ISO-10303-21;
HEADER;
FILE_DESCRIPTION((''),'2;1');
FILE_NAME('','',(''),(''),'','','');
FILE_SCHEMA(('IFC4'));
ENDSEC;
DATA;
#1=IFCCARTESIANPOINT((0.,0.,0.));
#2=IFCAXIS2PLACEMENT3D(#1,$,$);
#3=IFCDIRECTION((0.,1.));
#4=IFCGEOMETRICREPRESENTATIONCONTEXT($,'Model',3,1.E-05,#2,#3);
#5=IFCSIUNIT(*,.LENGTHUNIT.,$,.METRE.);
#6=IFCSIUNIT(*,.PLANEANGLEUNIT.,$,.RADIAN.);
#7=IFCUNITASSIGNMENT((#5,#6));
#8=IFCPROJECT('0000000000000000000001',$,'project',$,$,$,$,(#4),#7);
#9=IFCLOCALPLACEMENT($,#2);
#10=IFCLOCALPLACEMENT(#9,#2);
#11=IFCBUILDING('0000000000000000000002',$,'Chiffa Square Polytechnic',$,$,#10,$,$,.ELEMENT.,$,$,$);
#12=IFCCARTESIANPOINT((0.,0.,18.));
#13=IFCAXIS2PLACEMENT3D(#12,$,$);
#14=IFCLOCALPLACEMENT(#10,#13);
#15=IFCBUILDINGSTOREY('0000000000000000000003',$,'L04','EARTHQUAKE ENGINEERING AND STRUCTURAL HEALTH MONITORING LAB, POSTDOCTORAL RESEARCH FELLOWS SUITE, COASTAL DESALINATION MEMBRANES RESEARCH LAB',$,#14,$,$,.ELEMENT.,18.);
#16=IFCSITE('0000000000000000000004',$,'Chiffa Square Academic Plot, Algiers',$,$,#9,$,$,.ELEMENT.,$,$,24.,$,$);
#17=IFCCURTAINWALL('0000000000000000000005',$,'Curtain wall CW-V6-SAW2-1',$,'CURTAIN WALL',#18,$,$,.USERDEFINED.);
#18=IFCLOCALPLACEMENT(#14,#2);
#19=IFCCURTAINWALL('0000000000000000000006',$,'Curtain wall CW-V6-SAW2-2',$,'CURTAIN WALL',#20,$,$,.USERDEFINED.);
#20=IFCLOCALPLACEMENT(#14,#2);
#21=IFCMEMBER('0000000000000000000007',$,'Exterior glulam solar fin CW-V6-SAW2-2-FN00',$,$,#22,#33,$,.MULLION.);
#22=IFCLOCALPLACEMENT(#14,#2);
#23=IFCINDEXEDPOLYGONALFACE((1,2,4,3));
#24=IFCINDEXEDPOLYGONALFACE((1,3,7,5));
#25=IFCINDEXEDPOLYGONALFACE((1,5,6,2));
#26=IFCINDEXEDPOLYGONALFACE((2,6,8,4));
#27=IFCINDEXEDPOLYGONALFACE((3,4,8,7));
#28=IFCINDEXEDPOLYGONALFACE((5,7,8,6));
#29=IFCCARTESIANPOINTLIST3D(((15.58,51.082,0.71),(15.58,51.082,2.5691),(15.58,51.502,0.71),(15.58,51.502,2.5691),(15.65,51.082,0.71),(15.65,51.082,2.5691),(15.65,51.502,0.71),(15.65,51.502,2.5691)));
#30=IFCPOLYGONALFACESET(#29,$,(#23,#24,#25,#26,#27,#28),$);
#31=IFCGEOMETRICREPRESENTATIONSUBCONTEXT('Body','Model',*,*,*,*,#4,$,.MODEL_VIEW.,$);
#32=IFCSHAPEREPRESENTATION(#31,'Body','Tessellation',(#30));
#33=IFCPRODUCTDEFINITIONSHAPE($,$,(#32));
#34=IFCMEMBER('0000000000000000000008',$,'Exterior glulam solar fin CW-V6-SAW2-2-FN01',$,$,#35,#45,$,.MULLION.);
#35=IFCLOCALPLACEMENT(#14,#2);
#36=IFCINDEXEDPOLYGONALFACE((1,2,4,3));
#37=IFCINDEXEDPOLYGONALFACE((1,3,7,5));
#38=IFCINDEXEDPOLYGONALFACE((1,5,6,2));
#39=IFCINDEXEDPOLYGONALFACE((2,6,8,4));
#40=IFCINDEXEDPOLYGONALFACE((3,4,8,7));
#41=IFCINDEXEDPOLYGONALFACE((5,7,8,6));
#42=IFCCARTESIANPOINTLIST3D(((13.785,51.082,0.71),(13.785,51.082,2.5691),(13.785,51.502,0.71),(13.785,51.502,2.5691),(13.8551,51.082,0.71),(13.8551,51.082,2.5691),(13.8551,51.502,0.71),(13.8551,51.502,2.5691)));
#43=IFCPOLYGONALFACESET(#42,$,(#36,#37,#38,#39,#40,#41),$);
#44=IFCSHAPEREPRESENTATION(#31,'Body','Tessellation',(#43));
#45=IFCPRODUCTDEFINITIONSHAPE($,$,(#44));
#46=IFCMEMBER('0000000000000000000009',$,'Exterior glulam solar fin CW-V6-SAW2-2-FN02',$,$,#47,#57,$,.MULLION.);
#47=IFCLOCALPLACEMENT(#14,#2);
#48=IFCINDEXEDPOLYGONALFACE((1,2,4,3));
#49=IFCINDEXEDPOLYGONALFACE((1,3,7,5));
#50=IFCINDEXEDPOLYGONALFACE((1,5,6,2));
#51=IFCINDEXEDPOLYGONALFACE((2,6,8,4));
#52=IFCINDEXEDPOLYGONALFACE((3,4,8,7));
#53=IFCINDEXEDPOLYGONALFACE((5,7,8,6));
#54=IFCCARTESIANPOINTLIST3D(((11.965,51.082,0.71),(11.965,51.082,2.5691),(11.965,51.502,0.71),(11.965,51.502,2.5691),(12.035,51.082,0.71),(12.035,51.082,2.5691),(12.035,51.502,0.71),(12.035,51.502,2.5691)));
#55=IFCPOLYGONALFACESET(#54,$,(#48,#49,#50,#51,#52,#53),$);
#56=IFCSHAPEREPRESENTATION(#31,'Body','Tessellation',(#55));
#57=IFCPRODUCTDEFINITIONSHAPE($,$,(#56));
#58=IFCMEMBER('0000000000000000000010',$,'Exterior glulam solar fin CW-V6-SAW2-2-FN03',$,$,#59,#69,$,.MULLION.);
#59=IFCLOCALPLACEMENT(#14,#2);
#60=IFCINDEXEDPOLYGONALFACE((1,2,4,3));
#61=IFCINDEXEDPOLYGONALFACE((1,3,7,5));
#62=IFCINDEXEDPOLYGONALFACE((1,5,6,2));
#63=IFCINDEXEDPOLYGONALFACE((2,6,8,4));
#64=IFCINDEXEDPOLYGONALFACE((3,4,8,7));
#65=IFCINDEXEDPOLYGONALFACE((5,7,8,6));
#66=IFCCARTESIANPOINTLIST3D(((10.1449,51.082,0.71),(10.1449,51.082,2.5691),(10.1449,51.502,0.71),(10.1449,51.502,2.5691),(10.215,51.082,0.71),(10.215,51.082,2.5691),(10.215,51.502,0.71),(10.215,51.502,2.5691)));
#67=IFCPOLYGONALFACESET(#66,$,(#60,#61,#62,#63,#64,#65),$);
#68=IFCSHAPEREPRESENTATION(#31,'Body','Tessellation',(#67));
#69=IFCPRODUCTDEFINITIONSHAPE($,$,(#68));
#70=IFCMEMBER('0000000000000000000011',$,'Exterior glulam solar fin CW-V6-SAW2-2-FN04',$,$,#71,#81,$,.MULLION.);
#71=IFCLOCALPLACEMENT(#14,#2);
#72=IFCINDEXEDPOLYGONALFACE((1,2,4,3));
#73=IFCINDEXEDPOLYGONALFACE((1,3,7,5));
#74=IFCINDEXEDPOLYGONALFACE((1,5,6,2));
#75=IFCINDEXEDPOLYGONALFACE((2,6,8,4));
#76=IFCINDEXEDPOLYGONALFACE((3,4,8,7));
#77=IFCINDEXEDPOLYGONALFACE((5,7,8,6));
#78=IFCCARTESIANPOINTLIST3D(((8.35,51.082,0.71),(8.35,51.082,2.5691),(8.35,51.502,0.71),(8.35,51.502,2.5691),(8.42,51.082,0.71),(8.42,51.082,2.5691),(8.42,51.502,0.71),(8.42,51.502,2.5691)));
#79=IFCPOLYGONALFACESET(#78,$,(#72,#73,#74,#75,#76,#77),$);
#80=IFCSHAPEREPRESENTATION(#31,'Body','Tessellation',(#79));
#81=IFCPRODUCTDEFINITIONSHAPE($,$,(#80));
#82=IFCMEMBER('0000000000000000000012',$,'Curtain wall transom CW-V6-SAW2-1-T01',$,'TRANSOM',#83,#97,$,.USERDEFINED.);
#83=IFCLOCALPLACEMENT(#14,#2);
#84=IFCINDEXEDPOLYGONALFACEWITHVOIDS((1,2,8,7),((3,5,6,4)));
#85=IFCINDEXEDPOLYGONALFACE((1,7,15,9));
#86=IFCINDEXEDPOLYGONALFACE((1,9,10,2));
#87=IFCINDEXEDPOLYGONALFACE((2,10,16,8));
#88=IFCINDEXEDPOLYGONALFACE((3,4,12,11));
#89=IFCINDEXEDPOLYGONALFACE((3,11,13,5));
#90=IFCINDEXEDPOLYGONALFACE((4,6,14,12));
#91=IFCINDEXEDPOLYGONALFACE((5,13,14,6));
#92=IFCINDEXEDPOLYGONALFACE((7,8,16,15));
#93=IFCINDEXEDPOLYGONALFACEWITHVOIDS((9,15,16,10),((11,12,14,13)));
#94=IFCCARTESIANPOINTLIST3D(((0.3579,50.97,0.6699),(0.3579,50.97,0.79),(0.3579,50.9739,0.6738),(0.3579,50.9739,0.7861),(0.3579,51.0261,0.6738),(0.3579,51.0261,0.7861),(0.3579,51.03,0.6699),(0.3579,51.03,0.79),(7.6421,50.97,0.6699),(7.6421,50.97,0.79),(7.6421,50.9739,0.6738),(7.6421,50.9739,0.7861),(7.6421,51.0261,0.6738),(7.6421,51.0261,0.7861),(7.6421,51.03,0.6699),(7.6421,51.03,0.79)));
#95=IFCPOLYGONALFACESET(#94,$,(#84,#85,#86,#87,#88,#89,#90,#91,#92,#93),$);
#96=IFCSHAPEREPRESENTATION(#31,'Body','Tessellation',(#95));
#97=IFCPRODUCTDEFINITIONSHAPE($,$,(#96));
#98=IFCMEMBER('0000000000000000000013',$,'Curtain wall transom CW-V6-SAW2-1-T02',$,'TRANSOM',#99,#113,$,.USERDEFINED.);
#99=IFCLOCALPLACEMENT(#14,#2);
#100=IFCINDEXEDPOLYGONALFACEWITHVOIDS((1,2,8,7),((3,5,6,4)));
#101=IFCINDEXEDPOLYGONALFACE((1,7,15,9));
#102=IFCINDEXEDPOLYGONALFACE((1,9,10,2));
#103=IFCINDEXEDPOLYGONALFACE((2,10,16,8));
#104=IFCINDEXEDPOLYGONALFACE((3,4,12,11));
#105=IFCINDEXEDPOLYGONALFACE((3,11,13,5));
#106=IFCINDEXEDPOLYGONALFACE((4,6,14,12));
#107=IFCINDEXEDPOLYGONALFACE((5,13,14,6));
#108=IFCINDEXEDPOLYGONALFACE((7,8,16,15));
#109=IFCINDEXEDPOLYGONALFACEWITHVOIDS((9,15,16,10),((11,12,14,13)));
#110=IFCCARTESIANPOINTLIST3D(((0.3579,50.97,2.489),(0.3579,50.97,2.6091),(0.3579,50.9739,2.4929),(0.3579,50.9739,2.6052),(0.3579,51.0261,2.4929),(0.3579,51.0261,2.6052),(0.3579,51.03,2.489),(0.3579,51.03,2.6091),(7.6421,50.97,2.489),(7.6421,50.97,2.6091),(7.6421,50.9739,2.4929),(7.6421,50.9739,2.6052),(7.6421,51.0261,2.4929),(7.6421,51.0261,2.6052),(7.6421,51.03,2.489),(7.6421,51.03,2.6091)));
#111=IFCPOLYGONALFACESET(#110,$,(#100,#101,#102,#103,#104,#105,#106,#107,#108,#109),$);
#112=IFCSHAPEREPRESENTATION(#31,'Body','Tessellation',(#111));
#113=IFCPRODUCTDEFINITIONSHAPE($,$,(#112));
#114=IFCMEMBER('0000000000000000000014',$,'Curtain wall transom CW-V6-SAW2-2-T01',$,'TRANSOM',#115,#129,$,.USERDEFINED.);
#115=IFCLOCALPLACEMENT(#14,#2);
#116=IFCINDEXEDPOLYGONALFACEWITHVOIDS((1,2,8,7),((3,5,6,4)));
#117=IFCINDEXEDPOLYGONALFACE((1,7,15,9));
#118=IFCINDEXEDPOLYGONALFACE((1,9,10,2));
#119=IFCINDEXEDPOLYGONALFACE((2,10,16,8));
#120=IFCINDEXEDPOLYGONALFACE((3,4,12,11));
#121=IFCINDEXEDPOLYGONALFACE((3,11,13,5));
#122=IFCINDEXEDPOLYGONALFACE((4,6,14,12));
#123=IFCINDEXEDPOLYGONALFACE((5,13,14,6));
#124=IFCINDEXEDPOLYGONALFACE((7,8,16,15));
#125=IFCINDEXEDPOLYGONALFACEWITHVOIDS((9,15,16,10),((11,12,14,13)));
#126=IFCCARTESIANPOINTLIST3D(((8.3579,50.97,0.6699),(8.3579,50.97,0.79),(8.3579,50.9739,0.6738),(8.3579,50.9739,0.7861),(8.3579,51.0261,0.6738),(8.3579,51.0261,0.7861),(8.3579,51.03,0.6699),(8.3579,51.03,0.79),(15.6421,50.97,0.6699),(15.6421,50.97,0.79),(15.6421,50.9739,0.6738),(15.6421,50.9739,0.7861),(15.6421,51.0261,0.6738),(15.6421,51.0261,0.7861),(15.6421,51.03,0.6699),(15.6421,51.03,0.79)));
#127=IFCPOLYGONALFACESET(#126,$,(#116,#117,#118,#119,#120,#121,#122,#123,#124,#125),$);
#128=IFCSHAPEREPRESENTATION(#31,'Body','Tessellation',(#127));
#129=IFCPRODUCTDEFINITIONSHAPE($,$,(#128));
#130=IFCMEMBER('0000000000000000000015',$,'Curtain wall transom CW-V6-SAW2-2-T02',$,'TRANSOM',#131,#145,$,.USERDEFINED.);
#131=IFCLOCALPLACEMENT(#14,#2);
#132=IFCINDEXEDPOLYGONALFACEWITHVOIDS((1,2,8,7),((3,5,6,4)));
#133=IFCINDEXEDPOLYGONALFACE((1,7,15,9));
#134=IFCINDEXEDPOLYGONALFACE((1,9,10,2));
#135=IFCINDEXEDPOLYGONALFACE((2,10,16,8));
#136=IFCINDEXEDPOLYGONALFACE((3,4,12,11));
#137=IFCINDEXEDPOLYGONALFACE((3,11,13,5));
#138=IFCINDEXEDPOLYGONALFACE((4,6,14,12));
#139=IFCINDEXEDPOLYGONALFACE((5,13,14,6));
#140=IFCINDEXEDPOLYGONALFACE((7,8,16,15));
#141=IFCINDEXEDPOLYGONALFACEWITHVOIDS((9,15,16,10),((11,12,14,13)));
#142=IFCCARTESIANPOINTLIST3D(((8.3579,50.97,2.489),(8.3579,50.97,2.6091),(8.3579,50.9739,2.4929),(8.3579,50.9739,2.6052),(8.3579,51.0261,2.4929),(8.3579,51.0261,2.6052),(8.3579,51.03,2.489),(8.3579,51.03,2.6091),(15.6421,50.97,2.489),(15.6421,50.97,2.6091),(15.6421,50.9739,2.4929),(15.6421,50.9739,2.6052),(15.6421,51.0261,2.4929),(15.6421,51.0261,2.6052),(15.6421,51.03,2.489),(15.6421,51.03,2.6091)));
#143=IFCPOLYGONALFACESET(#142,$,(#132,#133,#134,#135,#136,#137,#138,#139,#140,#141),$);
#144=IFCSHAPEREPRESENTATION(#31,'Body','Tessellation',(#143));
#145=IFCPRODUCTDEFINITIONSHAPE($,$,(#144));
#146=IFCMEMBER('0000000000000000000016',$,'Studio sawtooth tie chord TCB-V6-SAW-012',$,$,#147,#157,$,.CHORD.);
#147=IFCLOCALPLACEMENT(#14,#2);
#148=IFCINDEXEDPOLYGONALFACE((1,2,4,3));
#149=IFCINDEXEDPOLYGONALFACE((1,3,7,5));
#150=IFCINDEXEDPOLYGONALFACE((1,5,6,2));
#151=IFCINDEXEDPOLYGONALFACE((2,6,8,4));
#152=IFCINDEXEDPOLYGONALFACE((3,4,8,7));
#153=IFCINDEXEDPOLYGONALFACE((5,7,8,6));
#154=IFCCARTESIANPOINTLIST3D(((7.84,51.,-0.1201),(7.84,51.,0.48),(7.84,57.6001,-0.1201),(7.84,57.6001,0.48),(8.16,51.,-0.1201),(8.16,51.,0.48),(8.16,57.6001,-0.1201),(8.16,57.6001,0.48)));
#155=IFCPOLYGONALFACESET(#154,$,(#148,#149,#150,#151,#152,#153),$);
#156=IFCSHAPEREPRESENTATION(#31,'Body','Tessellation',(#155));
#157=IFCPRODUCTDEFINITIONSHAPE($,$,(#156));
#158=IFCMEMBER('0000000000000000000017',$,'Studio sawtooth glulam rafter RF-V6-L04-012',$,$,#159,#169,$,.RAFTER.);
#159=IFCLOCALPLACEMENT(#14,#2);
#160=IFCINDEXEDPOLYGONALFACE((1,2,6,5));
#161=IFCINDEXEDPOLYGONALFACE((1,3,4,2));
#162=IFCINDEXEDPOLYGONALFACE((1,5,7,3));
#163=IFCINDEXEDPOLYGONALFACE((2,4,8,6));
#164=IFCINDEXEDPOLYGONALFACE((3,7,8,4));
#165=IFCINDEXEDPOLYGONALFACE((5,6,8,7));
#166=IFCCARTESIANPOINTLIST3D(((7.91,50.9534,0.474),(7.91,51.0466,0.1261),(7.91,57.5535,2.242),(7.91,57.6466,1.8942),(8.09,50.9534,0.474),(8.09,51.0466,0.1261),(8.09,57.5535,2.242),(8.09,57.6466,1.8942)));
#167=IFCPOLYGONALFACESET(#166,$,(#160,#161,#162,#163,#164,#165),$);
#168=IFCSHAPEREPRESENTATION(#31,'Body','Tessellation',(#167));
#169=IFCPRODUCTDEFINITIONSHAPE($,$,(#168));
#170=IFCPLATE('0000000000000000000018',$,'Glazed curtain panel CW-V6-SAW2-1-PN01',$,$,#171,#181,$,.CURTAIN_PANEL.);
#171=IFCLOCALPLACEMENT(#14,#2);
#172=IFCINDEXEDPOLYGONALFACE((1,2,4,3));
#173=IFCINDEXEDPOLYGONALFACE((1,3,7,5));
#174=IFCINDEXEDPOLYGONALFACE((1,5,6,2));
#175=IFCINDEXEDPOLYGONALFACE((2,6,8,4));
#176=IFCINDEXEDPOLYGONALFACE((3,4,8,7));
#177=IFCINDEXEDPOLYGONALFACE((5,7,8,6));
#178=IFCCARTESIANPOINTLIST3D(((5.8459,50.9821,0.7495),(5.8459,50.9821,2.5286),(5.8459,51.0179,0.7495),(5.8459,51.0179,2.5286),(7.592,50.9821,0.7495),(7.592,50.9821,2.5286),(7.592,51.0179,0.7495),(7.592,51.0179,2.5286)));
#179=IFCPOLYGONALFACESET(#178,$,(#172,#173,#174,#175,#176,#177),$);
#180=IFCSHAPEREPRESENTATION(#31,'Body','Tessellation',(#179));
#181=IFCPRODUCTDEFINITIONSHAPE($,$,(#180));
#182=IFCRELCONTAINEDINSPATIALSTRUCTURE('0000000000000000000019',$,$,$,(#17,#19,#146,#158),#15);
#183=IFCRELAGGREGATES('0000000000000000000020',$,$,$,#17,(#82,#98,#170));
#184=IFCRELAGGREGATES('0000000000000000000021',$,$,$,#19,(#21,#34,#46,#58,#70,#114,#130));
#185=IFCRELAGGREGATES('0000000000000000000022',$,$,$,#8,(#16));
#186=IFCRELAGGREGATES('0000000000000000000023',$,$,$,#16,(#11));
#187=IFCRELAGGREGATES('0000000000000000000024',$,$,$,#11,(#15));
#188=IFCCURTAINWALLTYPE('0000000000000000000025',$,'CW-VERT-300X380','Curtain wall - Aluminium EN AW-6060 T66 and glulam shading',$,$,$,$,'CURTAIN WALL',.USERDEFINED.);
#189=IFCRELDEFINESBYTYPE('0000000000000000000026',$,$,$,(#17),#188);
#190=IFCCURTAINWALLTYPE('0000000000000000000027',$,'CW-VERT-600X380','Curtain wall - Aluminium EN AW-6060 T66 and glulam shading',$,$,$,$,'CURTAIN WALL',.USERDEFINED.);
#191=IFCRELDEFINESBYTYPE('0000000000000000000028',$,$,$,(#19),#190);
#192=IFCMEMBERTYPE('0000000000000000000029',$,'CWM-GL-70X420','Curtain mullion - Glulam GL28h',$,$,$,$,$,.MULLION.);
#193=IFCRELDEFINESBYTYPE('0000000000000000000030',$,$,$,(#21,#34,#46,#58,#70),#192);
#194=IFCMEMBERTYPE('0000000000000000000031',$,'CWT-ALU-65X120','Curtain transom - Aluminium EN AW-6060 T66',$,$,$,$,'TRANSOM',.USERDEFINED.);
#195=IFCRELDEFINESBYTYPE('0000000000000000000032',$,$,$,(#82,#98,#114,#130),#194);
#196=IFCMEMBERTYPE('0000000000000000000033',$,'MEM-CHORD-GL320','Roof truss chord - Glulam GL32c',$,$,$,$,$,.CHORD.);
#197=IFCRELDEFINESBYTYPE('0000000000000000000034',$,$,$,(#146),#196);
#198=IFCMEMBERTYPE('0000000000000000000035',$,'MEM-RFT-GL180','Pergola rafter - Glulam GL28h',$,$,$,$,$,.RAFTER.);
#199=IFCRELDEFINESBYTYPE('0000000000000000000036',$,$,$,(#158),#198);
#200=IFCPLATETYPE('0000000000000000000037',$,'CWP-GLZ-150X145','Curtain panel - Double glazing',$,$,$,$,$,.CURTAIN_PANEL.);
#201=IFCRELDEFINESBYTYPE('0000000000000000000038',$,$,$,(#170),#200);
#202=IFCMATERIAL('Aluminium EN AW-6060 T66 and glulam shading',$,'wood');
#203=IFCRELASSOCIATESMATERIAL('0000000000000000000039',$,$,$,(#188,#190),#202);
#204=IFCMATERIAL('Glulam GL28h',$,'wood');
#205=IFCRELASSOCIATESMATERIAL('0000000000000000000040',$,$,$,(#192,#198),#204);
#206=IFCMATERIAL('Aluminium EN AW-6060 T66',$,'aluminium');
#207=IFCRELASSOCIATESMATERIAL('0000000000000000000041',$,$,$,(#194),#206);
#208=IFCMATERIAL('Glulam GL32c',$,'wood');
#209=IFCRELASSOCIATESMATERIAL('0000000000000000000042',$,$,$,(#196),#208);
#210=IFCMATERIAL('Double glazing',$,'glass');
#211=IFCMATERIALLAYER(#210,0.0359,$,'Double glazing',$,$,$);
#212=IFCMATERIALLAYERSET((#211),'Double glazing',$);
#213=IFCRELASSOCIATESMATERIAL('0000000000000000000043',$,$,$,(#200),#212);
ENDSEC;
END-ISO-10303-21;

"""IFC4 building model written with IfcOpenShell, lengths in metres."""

from ifc_helpers import new_model, si_unit, direction, frame, origin, origin_2d, place, context, subcontext, project, spatial, rectangle, hollow_rectangle, extrude, material, layer, layer_set, material_profile, profile_set, type_object, element, aggregate, save


model = new_model("IFC4")

# Units and contexts
model_context = context("Model", 3, precision=1e-05, world=origin(), true_north=direction((0.0, 1.0)))
body_context = subcontext(model_context, "Body", "Model", "MODEL_VIEW")
ifc_project = project(units=[si_unit("LENGTHUNIT", "METRE"), si_unit("PLANEANGLEUNIT", "RADIAN")], contexts=[model_context])

# Site, building, storey
site_placement = place(None, origin())
site = spatial("IfcSite", under=ifc_project, at=site_placement, Name="Chiffa Square Academic Plot, Algiers", CompositionType="ELEMENT", RefElevation=24.0)
building_placement = place(site_placement, origin())
building = spatial("IfcBuilding", under=site, at=building_placement, Name="Chiffa Square Polytechnic", CompositionType="ELEMENT")
storey_placement = place(building_placement, frame((0.0, 0.0, 18.0)))
storey = spatial("IfcBuildingStorey", under=building, at=storey_placement, Name="L04", Description="EARTHQUAKE ENGINEERING AND STRUCTURAL HEALTH MONITORING LAB, POSTDOCTORAL RESEARCH FELLOWS SUITE, COASTAL DESALINATION MEMBRANES RESEARCH LAB", CompositionType="ELEMENT", Elevation=18.0)

# Shared definitions
ifc_material_1 = material(Name="Glulam GL32c", Category="wood")

# Curtain walls
ifc_material_2 = material(Name="Aluminium EN AW-6060 T66 and glulam shading", Category="wood")
curtain_wall_type_1 = type_object("IfcCurtainWallType", Name="CW-VERT-300X380", Description="Curtain wall - Aluminium EN AW-6060 T66 and glulam shading", ElementType="CURTAIN WALL", PredefinedType="USERDEFINED", material=ifc_material_2)
curtain_wall_1_placement = place(storey_placement, origin())
curtain_wall_1 = element("IfcCurtainWall", 1, at=curtain_wall_1_placement, inside=storey, type_object=curtain_wall_type_1, Name="Curtain wall CW-V6-SAW2-1", ObjectType="CURTAIN WALL", PredefinedType="USERDEFINED")
ifc_material_3 = material(Name="Aluminium EN AW-6060 T66", Category="aluminium")
curtain_wall_type_2 = type_object("IfcCurtainWallType", Name="CW-VERT-600X380", Description="Curtain wall - Aluminium EN AW-6060 T66 and glulam shading", ElementType="CURTAIN WALL", PredefinedType="USERDEFINED", material=ifc_material_2)
curtain_wall_2_placement = place(storey_placement, origin())
curtain_wall_2 = element("IfcCurtainWall", 2, at=curtain_wall_2_placement, inside=storey, type_object=curtain_wall_type_2, Name="Curtain wall CW-V6-SAW2-2", ObjectType="CURTAIN WALL", PredefinedType="USERDEFINED")

# Members
ifc_material_4 = material(Name="Glulam GL28h", Category="wood")
ifc_material_profile_1 = material_profile(ifc_material_4, rectangle(XDim=0.0701, YDim=0.4199, at=origin_2d()), Name="GL28h 70x420")
ifc_profile_set_1 = profile_set([ifc_material_profile_1], Name="Glulam GL28h")
member_type_1 = type_object("IfcMemberType", Name="CWM-GL-70X420", Description="Curtain mullion - Glulam GL28h", PredefinedType="MULLION", material=ifc_profile_set_1)
member_1_placement = place(storey_placement, frame((15.615, 51.292, 0.71), z_axis=(0.0, 0.0, 1.0), x_axis=(-1.0, 0.0, 0.0)))
member_1 = element("IfcMember", 3, at=member_1_placement, type_object=member_type_1, Name="Exterior glulam solar fin CW-V6-SAW2-2-FN00", PredefinedType="MULLION", context=body_context, shape_type="SweptSolid", body=[
    extrude(rectangle(XDim=0.0701, YDim=0.4199, at=origin_2d()), origin(), (0.0, 0.0, 1.0), 1.8591),
])
member_2_placement = place(storey_placement, frame((13.8201, 51.292, 0.71), z_axis=(0.0, 0.0, 1.0), x_axis=(-1.0, 0.0, 0.0)))
member_2 = element("IfcMember", 4, at=member_2_placement, type_object=member_type_1, Name="Exterior glulam solar fin CW-V6-SAW2-2-FN01", PredefinedType="MULLION", context=body_context, shape_type="SweptSolid", body=[
    extrude(rectangle(XDim=0.0701, YDim=0.4199, at=origin_2d()), origin(), (0.0, 0.0, 1.0), 1.8591),
])
member_3_placement = place(storey_placement, frame((12.0, 51.292, 0.71), z_axis=(0.0, 0.0, 1.0), x_axis=(-1.0, 0.0, 0.0)))
member_3 = element("IfcMember", 5, at=member_3_placement, type_object=member_type_1, Name="Exterior glulam solar fin CW-V6-SAW2-2-FN02", PredefinedType="MULLION", context=body_context, shape_type="SweptSolid", body=[
    extrude(rectangle(XDim=0.0701, YDim=0.4199, at=origin_2d()), origin(), (0.0, 0.0, 1.0), 1.8591),
])
member_4_placement = place(storey_placement, frame((10.1799, 51.292, 0.71), z_axis=(0.0, 0.0, 1.0), x_axis=(-1.0, 0.0, 0.0)))
member_4 = element("IfcMember", 6, at=member_4_placement, type_object=member_type_1, Name="Exterior glulam solar fin CW-V6-SAW2-2-FN03", PredefinedType="MULLION", context=body_context, shape_type="SweptSolid", body=[
    extrude(rectangle(XDim=0.0701, YDim=0.4199, at=origin_2d()), origin(), (0.0, 0.0, 1.0), 1.8591),
])
member_5_placement = place(storey_placement, frame((8.385, 51.292, 0.71), z_axis=(0.0, 0.0, 1.0), x_axis=(-1.0, 0.0, 0.0)))
member_5 = element("IfcMember", 7, at=member_5_placement, type_object=member_type_1, Name="Exterior glulam solar fin CW-V6-SAW2-2-FN04", PredefinedType="MULLION", context=body_context, shape_type="SweptSolid", body=[
    extrude(rectangle(XDim=0.0701, YDim=0.4199, at=origin_2d()), origin(), (0.0, 0.0, 1.0), 1.8591),
])
ifc_material_profile_2 = material_profile(ifc_material_3, hollow_rectangle(XDim=0.0601, YDim=0.1201, WallThickness=0.0039, at=origin_2d()), Name="ALU 60x120x4")
ifc_profile_set_2 = profile_set([ifc_material_profile_2], Name="Aluminium EN AW-6060 T66")
member_type_2 = type_object("IfcMemberType", Name="CWT-ALU-65X120", Description="Curtain transom - Aluminium EN AW-6060 T66", ElementType="TRANSOM", PredefinedType="USERDEFINED", material=ifc_profile_set_2)
member_6_placement = place(storey_placement, frame((7.6421, 51.0, 0.73), z_axis=(-1.0, 0.0, 0.0), x_axis=(0.0, -1.0, 0.0)))
member_6 = element("IfcMember", 8, at=member_6_placement, type_object=member_type_2, Name="Curtain wall transom CW-V6-SAW2-1-T01", ObjectType="TRANSOM", PredefinedType="USERDEFINED", context=body_context, shape_type="SweptSolid", body=[
    extrude(hollow_rectangle(XDim=0.0601, YDim=0.1201, WallThickness=0.0039, at=origin_2d()), origin(), (0.0, 0.0, 1.0), 7.2842),
])
member_7_placement = place(storey_placement, frame((7.6421, 51.0, 2.5491), z_axis=(-1.0, 0.0, 0.0), x_axis=(0.0, -1.0, 0.0)))
member_7 = element("IfcMember", 9, at=member_7_placement, type_object=member_type_2, Name="Curtain wall transom CW-V6-SAW2-1-T02", ObjectType="TRANSOM", PredefinedType="USERDEFINED", context=body_context, shape_type="SweptSolid", body=[
    extrude(hollow_rectangle(XDim=0.0601, YDim=0.1201, WallThickness=0.0039, at=origin_2d()), origin(), (0.0, 0.0, 1.0), 7.2842),
])
member_8_placement = place(storey_placement, frame((15.6421, 51.0, 0.73), z_axis=(-1.0, 0.0, 0.0), x_axis=(0.0, -1.0, 0.0)))
member_8 = element("IfcMember", 10, at=member_8_placement, type_object=member_type_2, Name="Curtain wall transom CW-V6-SAW2-2-T01", ObjectType="TRANSOM", PredefinedType="USERDEFINED", context=body_context, shape_type="SweptSolid", body=[
    extrude(hollow_rectangle(XDim=0.0601, YDim=0.1201, WallThickness=0.0039, at=origin_2d()), origin(), (0.0, 0.0, 1.0), 7.2842),
])
member_9_placement = place(storey_placement, frame((15.6421, 51.0, 2.5491), z_axis=(-1.0, 0.0, 0.0), x_axis=(0.0, -1.0, 0.0)))
member_9 = element("IfcMember", 11, at=member_9_placement, type_object=member_type_2, Name="Curtain wall transom CW-V6-SAW2-2-T02", ObjectType="TRANSOM", PredefinedType="USERDEFINED", context=body_context, shape_type="SweptSolid", body=[
    extrude(hollow_rectangle(XDim=0.0601, YDim=0.1201, WallThickness=0.0039, at=origin_2d()), origin(), (0.0, 0.0, 1.0), 7.2842),
])

# Members
ifc_material_profile_3 = material_profile(ifc_material_1, rectangle(XDim=0.3201, YDim=0.6001, at=origin_2d()), Name="GL32c 320x600")
ifc_profile_set_3 = profile_set([ifc_material_profile_3], Name="Glulam GL32c")
member_type_3 = type_object("IfcMemberType", Name="MEM-CHORD-GL320", Description="Roof truss chord - Glulam GL32c", PredefinedType="CHORD", material=ifc_profile_set_3)
member_10_placement = place(storey_placement, frame((8.0, 51.0, 0.1799), z_axis=(0.0, 1.0, 0.0), x_axis=(-1.0, 0.0, 0.0)))
element("IfcMember", 12, at=member_10_placement, inside=storey, type_object=member_type_3, Name="Studio sawtooth tie chord TCB-V6-SAW-012", PredefinedType="CHORD", context=body_context, shape_type="SweptSolid", body=[
    extrude(rectangle(XDim=0.3201, YDim=0.6001, at=origin_2d()), origin(), (0.0, 0.0, 1.0), 6.6001),
])
ifc_material_profile_4 = material_profile(ifc_material_4, rectangle(XDim=0.1799, YDim=0.3601, at=origin_2d()), Name="GL28h 180x360")
ifc_profile_set_4 = profile_set([ifc_material_profile_4], Name="Glulam GL28h")
member_type_4 = type_object("IfcMemberType", Name="MEM-RFT-GL180", Description="Pergola rafter - Glulam GL28h", PredefinedType="RAFTER", material=ifc_profile_set_4)
member_11_placement = place(storey_placement, frame((8.0, 51.0, 0.3), z_axis=(0.0, 0.965941, 0.258761), x_axis=(-1.0, 0.0, 0.0)))
element("IfcMember", 13, at=member_11_placement, inside=storey, type_object=member_type_4, Name="Studio sawtooth glulam rafter RF-V6-L04-012", PredefinedType="RAFTER", context=body_context, shape_type="SweptSolid", body=[
    extrude(rectangle(XDim=0.1799, YDim=0.3601, at=origin_2d()), origin(), (0.0, 0.0, 1.0), 6.8328),
])

# Plate
ifc_material_5 = material(Name="Double glazing", Category="glass")
ifc_layer_1 = layer(ifc_material_5, 0.0359, Name="Double glazing")
ifc_layer_set_1 = layer_set([ifc_layer_1], Name="Double glazing")
plate_type = type_object("IfcPlateType", Name="CWP-GLZ-150X145", Description="Curtain panel - Double glazing", PredefinedType="CURTAIN_PANEL", material=ifc_layer_set_1)
plate_1_placement = place(storey_placement, frame((6.719, 51.0, 0.7495), z_axis=(0.0, 0.0, 1.0), x_axis=(-1.0, 0.0, 0.0)))
plate_1 = element("IfcPlate", 14, at=plate_1_placement, type_object=plate_type, Name="Glazed curtain panel CW-V6-SAW2-1-PN01", PredefinedType="CURTAIN_PANEL", context=body_context, shape_type="SweptSolid", body=[
    extrude(rectangle(XDim=1.7461, YDim=0.0359, at=origin_2d()), origin(), (0.0, 0.0, 1.0), 1.7791),
])
aggregate(curtain_wall_1, [member_6, member_7, plate_1])
aggregate(curtain_wall_2, [member_1, member_2, member_3, member_4, member_5, member_8, member_9])

save(model, "model.ifc")
